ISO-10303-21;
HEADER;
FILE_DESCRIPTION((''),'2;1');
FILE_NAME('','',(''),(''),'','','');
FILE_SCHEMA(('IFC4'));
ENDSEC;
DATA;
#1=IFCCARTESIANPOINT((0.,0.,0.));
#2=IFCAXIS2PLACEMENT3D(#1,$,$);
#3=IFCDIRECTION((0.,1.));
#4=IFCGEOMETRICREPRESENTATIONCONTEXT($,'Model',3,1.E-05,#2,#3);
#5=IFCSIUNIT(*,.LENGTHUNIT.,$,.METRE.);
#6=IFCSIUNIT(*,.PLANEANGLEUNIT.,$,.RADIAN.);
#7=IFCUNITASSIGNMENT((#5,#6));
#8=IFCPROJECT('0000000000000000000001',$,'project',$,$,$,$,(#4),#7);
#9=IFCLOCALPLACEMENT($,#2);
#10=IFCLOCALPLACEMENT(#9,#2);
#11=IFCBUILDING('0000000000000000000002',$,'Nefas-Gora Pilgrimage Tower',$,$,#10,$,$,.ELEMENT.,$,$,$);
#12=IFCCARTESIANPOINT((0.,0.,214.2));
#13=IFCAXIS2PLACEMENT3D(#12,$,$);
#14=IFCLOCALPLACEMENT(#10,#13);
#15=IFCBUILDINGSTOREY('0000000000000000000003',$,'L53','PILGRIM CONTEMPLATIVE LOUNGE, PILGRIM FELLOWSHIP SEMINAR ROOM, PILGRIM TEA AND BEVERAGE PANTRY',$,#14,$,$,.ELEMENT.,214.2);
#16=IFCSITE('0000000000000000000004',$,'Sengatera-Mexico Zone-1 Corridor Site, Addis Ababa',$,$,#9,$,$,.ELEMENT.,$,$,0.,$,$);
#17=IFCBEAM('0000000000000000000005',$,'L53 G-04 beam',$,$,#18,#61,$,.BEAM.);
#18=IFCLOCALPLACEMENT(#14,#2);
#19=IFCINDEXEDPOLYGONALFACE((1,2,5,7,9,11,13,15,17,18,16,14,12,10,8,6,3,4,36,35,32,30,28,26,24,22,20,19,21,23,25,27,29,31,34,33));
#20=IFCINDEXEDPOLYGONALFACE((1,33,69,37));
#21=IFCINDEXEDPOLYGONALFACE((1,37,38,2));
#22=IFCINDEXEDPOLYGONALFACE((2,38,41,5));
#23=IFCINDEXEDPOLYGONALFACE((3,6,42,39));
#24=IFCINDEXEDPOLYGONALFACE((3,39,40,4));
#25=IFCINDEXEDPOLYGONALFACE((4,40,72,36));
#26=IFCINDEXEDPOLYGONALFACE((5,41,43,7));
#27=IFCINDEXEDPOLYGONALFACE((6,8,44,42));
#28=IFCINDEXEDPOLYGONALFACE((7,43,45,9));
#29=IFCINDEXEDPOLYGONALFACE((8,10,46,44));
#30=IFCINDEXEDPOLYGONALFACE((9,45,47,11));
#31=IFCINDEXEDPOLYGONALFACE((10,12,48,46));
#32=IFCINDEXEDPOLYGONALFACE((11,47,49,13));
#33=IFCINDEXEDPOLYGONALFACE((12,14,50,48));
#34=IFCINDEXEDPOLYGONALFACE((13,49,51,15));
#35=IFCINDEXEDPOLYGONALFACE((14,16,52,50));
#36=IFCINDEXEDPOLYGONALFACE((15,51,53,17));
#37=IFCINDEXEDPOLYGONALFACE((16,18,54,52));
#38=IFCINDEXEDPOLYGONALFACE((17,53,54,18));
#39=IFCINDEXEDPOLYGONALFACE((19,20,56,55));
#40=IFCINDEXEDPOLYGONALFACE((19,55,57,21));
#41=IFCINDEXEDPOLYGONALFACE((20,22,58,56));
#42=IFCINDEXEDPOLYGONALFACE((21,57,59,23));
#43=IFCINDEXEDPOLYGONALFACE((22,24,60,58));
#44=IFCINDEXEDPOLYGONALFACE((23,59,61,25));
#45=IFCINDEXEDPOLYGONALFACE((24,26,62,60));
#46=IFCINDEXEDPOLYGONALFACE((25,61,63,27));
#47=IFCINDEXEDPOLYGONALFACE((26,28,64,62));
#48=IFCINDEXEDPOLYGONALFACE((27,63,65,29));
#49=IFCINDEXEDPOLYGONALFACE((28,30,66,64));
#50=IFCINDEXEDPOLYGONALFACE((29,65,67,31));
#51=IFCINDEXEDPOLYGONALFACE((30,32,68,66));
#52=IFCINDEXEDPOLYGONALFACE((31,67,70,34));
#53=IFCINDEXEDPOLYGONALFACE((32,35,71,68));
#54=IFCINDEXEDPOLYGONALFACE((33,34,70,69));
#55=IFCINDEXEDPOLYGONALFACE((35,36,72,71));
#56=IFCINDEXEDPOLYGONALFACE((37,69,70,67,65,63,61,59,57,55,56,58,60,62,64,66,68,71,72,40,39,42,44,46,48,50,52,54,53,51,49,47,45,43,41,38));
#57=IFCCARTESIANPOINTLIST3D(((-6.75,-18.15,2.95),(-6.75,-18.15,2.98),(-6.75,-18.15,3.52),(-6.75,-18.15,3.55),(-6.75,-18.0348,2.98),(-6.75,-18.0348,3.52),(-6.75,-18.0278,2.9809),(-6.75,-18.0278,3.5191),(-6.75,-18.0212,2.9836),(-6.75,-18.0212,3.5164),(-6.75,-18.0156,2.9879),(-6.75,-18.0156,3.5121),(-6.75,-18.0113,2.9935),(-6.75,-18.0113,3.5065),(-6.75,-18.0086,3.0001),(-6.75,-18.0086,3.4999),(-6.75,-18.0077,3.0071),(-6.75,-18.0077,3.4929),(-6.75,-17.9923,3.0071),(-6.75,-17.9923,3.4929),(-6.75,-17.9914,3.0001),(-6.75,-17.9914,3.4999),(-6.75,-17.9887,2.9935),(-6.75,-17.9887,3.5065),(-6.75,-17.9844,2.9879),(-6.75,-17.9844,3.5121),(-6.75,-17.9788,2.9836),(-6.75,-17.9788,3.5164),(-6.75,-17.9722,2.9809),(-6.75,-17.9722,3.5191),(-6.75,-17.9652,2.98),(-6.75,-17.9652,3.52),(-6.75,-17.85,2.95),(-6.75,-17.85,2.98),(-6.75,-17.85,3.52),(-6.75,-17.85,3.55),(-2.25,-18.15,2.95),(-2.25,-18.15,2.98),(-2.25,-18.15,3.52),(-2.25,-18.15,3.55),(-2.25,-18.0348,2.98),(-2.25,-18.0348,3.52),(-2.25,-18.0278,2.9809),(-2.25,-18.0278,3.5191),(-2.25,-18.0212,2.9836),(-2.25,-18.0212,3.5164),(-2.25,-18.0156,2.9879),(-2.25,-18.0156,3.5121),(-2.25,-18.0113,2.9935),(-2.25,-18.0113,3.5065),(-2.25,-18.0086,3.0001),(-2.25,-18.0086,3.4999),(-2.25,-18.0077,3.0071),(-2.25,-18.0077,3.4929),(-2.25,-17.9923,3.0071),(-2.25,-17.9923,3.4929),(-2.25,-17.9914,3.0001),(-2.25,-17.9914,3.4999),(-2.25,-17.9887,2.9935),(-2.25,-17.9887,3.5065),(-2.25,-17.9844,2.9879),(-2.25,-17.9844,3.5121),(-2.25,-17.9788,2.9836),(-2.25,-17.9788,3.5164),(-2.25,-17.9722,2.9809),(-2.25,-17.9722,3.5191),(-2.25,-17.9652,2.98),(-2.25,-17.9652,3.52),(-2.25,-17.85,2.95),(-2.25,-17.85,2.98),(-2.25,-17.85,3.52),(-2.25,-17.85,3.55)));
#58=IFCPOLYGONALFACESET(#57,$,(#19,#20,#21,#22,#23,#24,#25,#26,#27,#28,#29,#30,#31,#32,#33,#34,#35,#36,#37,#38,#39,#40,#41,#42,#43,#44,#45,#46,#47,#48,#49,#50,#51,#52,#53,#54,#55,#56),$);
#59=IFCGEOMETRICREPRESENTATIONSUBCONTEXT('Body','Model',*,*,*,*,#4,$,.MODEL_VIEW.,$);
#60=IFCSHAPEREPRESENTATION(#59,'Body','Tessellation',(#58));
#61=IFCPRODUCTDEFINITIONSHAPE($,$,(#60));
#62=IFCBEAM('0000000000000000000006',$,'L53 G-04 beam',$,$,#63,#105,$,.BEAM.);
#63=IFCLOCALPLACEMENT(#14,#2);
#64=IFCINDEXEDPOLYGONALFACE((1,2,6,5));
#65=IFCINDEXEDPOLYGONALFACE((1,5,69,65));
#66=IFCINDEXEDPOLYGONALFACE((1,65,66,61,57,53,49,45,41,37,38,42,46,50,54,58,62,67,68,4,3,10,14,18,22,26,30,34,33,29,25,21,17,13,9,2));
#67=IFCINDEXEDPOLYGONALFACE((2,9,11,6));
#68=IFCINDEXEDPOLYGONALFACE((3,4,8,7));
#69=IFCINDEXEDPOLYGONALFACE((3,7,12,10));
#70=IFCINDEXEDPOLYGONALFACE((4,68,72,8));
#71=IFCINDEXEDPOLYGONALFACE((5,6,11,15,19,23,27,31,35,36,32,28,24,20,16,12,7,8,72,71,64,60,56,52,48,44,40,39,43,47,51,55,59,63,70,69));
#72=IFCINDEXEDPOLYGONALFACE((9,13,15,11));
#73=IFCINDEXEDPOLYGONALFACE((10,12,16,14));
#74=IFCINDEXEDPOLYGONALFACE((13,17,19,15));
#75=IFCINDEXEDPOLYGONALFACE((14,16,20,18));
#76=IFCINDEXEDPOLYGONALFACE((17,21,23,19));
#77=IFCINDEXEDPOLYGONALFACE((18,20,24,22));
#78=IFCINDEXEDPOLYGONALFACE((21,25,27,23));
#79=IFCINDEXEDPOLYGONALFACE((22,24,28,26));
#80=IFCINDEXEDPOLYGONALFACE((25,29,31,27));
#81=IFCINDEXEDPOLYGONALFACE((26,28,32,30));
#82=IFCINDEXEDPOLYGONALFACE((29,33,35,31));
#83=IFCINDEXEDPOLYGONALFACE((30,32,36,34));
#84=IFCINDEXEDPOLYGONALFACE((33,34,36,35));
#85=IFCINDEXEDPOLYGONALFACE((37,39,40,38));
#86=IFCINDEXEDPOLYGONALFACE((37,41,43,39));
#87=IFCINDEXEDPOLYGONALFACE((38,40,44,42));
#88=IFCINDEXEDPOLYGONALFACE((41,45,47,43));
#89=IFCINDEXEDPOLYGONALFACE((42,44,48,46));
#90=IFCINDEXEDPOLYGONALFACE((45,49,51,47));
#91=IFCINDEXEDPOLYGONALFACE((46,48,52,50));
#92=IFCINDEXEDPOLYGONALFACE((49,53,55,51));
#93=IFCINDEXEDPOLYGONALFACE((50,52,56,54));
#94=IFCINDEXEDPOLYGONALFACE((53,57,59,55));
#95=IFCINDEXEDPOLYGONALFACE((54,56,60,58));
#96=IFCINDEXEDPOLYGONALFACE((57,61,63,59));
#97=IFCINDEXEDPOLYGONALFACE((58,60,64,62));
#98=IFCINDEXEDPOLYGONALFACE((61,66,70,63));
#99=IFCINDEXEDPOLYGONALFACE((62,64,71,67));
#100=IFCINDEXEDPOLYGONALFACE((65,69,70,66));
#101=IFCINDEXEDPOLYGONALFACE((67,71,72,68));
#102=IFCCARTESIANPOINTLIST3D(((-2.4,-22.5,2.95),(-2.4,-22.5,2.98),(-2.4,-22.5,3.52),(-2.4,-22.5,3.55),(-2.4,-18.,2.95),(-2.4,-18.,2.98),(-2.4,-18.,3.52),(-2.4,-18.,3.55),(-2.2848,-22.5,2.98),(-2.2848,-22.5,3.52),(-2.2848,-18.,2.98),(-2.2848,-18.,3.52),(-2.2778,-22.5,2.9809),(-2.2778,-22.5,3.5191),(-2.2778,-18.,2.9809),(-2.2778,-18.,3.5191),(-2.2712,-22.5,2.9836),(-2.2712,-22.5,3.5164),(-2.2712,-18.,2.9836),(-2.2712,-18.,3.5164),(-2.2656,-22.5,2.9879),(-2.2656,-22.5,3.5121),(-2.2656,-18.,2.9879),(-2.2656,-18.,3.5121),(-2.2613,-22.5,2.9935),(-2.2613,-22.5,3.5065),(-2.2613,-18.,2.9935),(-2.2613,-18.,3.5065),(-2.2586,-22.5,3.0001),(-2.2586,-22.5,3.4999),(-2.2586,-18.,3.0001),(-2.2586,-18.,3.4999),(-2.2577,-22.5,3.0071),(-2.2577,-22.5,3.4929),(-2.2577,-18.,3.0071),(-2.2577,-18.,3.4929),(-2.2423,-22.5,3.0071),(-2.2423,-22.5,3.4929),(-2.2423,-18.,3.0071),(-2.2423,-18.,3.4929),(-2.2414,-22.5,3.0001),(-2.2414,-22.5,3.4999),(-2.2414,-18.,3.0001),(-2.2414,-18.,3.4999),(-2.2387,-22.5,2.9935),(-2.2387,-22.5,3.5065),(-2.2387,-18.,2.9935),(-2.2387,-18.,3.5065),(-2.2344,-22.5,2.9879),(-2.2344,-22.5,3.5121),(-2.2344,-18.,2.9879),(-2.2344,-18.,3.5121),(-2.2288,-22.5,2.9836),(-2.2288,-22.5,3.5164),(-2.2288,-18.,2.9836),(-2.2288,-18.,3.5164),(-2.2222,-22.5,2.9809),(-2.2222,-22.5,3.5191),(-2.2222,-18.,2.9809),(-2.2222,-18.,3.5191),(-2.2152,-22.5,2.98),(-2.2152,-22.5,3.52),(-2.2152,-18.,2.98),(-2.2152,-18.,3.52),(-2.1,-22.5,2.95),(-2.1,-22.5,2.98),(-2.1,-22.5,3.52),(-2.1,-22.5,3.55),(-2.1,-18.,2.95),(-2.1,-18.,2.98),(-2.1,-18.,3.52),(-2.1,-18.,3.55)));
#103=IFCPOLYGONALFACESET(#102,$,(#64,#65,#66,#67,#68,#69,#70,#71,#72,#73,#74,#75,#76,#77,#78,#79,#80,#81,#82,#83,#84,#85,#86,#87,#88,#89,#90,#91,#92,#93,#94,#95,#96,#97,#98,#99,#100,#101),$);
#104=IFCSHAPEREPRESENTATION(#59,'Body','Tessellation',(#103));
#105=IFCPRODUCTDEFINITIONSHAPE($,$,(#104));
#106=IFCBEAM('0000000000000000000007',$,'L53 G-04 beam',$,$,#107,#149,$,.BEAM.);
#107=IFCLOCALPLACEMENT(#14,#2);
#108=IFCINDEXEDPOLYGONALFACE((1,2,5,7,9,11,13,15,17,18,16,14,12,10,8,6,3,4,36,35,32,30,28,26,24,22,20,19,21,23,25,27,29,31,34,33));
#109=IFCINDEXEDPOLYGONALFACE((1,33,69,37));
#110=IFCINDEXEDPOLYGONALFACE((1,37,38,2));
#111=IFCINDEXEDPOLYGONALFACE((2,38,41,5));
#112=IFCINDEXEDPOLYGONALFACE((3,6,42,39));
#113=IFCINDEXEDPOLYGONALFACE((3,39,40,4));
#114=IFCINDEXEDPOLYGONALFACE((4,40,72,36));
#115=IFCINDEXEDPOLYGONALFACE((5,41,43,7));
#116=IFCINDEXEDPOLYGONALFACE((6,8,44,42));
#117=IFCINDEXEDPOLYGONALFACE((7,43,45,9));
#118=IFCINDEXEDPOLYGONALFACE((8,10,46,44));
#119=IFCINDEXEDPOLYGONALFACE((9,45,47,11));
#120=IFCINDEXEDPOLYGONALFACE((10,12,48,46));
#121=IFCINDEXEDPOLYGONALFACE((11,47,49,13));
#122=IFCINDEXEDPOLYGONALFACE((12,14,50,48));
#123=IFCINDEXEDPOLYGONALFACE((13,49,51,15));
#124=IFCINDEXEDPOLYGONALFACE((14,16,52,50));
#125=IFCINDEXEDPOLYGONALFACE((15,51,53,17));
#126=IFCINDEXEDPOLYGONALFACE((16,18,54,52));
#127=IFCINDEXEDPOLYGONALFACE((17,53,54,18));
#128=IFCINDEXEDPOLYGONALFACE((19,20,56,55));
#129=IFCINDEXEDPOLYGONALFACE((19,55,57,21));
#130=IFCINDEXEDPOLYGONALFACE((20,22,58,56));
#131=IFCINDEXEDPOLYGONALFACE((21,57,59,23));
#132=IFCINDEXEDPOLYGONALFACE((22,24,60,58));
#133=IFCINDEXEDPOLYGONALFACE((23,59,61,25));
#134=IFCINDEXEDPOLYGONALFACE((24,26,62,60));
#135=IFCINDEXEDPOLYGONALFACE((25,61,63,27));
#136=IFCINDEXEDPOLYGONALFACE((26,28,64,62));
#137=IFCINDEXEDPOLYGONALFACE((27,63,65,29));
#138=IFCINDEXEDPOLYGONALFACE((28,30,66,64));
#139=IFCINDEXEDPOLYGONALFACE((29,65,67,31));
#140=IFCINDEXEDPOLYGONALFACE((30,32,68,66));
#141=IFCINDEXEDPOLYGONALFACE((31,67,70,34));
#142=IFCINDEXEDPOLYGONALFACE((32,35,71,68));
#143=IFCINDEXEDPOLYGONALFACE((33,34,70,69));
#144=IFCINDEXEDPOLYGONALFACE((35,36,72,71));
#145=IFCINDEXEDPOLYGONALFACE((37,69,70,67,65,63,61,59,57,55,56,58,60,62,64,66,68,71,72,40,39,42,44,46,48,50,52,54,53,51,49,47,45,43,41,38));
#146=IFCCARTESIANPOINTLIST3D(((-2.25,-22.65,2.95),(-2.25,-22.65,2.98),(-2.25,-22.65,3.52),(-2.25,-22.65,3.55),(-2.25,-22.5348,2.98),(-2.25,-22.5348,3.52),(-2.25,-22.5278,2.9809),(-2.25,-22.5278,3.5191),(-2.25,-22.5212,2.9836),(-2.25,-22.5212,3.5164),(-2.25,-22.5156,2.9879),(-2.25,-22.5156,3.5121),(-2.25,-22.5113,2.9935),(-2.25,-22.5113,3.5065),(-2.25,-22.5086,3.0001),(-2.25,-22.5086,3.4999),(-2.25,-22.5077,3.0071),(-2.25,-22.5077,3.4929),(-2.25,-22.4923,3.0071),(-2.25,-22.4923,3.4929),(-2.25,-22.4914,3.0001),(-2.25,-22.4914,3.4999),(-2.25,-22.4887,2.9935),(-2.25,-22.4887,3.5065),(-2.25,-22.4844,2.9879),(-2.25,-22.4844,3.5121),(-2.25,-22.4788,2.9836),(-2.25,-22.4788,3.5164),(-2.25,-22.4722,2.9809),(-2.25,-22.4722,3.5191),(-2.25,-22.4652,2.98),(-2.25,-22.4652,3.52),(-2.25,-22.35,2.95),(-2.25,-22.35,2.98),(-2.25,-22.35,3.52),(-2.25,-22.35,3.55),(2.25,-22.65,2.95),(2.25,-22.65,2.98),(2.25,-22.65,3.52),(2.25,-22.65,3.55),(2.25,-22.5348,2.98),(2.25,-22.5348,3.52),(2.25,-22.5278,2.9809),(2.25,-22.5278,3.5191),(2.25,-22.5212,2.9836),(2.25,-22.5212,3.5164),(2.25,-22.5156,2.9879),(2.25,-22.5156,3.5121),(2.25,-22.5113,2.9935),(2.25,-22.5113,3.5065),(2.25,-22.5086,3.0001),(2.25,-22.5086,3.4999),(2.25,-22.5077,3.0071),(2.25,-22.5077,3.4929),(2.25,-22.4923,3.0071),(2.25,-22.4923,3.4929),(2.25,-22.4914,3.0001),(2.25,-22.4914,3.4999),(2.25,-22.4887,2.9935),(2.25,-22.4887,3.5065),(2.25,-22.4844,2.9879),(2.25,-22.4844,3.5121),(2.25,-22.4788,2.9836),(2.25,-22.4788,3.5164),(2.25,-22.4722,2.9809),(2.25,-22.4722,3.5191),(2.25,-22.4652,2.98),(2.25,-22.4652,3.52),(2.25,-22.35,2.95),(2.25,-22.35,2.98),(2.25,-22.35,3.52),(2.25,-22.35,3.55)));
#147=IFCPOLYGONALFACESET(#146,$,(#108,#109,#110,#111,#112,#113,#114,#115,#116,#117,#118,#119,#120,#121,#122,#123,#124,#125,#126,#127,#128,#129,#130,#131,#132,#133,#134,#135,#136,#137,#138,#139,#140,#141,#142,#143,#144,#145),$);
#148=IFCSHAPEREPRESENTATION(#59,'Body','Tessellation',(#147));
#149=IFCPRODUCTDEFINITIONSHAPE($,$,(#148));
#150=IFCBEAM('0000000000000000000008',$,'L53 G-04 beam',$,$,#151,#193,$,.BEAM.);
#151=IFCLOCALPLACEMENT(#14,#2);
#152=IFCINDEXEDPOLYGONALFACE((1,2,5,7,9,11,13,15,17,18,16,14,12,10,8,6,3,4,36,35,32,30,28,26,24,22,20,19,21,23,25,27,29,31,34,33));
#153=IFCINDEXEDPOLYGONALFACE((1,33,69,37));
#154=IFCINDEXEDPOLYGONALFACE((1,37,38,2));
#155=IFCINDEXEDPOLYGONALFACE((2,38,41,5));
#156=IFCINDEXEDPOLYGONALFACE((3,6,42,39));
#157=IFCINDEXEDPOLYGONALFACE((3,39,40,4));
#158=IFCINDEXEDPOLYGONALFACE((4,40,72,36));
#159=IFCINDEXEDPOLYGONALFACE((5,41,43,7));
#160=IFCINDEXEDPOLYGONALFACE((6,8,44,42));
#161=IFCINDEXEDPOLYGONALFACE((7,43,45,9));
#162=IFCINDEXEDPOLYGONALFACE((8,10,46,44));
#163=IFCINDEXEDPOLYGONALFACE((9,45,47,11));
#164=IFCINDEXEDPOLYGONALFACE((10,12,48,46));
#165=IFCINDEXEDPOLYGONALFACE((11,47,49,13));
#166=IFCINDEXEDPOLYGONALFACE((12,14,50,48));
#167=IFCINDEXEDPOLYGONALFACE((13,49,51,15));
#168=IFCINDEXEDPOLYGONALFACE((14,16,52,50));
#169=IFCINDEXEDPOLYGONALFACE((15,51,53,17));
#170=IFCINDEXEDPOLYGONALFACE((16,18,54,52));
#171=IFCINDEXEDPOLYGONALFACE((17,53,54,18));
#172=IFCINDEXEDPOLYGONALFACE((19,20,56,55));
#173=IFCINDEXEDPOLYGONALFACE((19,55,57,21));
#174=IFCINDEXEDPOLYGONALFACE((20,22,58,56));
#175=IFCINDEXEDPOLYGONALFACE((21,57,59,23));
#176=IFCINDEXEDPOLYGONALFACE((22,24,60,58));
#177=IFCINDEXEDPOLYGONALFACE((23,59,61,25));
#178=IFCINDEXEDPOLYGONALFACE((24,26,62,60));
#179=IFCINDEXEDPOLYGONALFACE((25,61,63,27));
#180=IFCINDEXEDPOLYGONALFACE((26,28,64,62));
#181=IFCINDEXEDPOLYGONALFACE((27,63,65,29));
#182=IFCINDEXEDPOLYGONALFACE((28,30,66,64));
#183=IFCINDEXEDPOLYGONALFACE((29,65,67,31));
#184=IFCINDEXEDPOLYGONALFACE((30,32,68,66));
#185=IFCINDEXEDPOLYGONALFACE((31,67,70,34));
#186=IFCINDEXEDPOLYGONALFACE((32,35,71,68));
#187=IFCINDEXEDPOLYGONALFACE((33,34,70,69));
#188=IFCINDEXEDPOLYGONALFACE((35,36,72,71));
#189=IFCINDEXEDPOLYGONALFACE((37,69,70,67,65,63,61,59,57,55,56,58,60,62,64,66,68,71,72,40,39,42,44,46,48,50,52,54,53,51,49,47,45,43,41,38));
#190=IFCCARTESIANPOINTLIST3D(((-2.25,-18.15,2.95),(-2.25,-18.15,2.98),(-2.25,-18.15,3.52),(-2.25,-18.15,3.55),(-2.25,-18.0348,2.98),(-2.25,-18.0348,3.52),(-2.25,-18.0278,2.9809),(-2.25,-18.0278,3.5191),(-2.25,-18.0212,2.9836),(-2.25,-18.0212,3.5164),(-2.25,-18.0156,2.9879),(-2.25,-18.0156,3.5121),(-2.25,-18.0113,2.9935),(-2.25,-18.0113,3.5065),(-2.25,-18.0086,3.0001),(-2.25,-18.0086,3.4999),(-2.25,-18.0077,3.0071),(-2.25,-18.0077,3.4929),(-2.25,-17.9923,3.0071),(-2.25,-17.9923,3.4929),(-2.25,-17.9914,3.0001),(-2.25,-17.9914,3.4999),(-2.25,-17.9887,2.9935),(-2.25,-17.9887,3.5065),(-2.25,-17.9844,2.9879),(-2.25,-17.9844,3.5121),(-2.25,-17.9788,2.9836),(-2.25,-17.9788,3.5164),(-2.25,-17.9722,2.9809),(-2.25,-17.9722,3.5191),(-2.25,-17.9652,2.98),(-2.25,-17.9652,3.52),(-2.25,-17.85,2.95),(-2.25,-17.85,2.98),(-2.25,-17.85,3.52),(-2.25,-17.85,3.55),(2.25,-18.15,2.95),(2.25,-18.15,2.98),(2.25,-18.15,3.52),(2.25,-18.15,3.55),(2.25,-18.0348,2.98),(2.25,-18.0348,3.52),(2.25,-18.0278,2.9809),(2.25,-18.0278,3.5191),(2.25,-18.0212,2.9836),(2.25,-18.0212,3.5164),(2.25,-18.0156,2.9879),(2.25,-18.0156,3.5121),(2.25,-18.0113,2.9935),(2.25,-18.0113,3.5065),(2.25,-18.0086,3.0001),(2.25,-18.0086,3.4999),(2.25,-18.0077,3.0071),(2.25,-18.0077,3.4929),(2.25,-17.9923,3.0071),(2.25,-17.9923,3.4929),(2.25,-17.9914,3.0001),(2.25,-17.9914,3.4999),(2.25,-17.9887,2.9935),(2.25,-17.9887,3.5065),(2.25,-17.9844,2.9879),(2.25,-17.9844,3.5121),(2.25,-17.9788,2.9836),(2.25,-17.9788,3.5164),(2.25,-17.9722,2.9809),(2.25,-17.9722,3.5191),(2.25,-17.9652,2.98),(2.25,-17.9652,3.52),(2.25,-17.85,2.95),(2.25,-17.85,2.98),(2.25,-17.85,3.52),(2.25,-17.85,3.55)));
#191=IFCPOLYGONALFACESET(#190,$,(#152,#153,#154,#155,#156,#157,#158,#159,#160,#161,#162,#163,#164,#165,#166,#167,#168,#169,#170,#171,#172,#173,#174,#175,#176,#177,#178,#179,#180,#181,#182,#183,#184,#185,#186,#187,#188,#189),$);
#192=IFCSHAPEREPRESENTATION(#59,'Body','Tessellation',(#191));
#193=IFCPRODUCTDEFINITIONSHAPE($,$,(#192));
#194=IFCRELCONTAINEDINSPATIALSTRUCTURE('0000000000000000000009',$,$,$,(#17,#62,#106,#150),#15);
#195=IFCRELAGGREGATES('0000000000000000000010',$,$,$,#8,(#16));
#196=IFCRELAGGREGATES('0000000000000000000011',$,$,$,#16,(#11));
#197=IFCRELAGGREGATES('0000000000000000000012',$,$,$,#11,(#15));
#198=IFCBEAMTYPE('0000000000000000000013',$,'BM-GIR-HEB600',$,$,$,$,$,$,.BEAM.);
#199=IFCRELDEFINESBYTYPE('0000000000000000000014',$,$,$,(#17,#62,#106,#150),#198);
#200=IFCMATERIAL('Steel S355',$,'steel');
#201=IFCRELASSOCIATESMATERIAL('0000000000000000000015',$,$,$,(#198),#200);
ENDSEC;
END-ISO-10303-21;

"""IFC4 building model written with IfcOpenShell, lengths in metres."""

from ifc_helpers import new_model, si_unit, direction, frame, origin, origin_2d, place, context, subcontext, project, spatial, i_section, extrude, source, transform, mapped, material, material_profile, profile_set, type_object, element, save


model = new_model("IFC4")

# Units and contexts
model_context = context("Model", 3, precision=1e-05, world=origin(), true_north=direction((0.0, 1.0)))
body_context = subcontext(model_context, "Body", "Model", "MODEL_VIEW")
ifc_project = project(units=[si_unit("LENGTHUNIT", "METRE"), si_unit("PLANEANGLEUNIT", "RADIAN")], contexts=[model_context])

# Site, building, storey
site_placement = place(None, origin())
site = spatial("IfcSite", under=ifc_project, at=site_placement, Name="Sengatera-Mexico Zone-1 Corridor Site, Addis Ababa", CompositionType="ELEMENT", RefElevation=0.0)
building_placement = place(site_placement, origin())
building = spatial("IfcBuilding", under=site, at=building_placement, Name="Nefas-Gora Pilgrimage Tower", CompositionType="ELEMENT")
storey_placement = place(building_placement, frame((0.0, 0.0, 214.2)))
storey = spatial("IfcBuildingStorey", under=building, at=storey_placement, Name="L53", Description="PILGRIM CONTEMPLATIVE LOUNGE, PILGRIM FELLOWSHIP SEMINAR ROOM, PILGRIM TEA AND BEVERAGE PANTRY", CompositionType="ELEMENT", Elevation=214.2)

# Beams
ifc_material_1 = material(Name="Steel S355", Category="steel")
ifc_material_profile_1 = material_profile(ifc_material_1, i_section(OverallWidth=0.3, OverallDepth=0.6001, WebThickness=0.0154, FlangeThickness=0.03, FilletRadius=0.0271, at=origin_2d()), Name="HEB 600")
ifc_profile_set_1 = profile_set([ifc_material_profile_1], Name="Steel S355")
beam_type = type_object("IfcBeamType", Name="BM-GIR-HEB600", PredefinedType="BEAM", material=ifc_profile_set_1)
shared_shape_1 = source(origin(), body_context, "Body", "SweptSolid", [
    extrude(i_section(OverallWidth=0.3, OverallDepth=0.6001, WebThickness=0.0154, FlangeThickness=0.03, FilletRadius=0.0271, at=origin_2d()), origin(), (0.0, 0.0, 1.0), 4.5),
])
for number, where, z_axis, x_axis, name in (
    (1, (-6.75, -18.0, 3.25), (1.0, 0.0, 0.0), (0.0, 1.0, 0.0), "L53 G-04 beam"),
    (2, (-2.25, -22.5, 3.25), (0.0, 1.0, 0.0), (-1.0, 0.0, 0.0), "L53 G-04 beam"),
    (3, (-2.25, -22.5, 3.25), (1.0, 0.0, 0.0), (0.0, 1.0, 0.0), "L53 G-04 beam"),
    (4, (-2.25, -18.0, 3.25), (1.0, 0.0, 0.0), (0.0, 1.0, 0.0), "L53 G-04 beam"),
):
    element("IfcBeam", number, at=place(storey_placement, frame(where, z_axis=z_axis, x_axis=x_axis)), inside=storey, type_object=beam_type, Name=name, PredefinedType="BEAM", context=body_context, shape_type="MappedRepresentation", body=[
        mapped(shared_shape_1, transform((0.0, 0.0, 0.0), x_axis=(1.0, 0.0, 0.0), y_axis=(0.0, 1.0, 0.0), z_axis=(0.0, 0.0, 1.0), scale=1.0)),
    ])

save(model, "model.ifc")
